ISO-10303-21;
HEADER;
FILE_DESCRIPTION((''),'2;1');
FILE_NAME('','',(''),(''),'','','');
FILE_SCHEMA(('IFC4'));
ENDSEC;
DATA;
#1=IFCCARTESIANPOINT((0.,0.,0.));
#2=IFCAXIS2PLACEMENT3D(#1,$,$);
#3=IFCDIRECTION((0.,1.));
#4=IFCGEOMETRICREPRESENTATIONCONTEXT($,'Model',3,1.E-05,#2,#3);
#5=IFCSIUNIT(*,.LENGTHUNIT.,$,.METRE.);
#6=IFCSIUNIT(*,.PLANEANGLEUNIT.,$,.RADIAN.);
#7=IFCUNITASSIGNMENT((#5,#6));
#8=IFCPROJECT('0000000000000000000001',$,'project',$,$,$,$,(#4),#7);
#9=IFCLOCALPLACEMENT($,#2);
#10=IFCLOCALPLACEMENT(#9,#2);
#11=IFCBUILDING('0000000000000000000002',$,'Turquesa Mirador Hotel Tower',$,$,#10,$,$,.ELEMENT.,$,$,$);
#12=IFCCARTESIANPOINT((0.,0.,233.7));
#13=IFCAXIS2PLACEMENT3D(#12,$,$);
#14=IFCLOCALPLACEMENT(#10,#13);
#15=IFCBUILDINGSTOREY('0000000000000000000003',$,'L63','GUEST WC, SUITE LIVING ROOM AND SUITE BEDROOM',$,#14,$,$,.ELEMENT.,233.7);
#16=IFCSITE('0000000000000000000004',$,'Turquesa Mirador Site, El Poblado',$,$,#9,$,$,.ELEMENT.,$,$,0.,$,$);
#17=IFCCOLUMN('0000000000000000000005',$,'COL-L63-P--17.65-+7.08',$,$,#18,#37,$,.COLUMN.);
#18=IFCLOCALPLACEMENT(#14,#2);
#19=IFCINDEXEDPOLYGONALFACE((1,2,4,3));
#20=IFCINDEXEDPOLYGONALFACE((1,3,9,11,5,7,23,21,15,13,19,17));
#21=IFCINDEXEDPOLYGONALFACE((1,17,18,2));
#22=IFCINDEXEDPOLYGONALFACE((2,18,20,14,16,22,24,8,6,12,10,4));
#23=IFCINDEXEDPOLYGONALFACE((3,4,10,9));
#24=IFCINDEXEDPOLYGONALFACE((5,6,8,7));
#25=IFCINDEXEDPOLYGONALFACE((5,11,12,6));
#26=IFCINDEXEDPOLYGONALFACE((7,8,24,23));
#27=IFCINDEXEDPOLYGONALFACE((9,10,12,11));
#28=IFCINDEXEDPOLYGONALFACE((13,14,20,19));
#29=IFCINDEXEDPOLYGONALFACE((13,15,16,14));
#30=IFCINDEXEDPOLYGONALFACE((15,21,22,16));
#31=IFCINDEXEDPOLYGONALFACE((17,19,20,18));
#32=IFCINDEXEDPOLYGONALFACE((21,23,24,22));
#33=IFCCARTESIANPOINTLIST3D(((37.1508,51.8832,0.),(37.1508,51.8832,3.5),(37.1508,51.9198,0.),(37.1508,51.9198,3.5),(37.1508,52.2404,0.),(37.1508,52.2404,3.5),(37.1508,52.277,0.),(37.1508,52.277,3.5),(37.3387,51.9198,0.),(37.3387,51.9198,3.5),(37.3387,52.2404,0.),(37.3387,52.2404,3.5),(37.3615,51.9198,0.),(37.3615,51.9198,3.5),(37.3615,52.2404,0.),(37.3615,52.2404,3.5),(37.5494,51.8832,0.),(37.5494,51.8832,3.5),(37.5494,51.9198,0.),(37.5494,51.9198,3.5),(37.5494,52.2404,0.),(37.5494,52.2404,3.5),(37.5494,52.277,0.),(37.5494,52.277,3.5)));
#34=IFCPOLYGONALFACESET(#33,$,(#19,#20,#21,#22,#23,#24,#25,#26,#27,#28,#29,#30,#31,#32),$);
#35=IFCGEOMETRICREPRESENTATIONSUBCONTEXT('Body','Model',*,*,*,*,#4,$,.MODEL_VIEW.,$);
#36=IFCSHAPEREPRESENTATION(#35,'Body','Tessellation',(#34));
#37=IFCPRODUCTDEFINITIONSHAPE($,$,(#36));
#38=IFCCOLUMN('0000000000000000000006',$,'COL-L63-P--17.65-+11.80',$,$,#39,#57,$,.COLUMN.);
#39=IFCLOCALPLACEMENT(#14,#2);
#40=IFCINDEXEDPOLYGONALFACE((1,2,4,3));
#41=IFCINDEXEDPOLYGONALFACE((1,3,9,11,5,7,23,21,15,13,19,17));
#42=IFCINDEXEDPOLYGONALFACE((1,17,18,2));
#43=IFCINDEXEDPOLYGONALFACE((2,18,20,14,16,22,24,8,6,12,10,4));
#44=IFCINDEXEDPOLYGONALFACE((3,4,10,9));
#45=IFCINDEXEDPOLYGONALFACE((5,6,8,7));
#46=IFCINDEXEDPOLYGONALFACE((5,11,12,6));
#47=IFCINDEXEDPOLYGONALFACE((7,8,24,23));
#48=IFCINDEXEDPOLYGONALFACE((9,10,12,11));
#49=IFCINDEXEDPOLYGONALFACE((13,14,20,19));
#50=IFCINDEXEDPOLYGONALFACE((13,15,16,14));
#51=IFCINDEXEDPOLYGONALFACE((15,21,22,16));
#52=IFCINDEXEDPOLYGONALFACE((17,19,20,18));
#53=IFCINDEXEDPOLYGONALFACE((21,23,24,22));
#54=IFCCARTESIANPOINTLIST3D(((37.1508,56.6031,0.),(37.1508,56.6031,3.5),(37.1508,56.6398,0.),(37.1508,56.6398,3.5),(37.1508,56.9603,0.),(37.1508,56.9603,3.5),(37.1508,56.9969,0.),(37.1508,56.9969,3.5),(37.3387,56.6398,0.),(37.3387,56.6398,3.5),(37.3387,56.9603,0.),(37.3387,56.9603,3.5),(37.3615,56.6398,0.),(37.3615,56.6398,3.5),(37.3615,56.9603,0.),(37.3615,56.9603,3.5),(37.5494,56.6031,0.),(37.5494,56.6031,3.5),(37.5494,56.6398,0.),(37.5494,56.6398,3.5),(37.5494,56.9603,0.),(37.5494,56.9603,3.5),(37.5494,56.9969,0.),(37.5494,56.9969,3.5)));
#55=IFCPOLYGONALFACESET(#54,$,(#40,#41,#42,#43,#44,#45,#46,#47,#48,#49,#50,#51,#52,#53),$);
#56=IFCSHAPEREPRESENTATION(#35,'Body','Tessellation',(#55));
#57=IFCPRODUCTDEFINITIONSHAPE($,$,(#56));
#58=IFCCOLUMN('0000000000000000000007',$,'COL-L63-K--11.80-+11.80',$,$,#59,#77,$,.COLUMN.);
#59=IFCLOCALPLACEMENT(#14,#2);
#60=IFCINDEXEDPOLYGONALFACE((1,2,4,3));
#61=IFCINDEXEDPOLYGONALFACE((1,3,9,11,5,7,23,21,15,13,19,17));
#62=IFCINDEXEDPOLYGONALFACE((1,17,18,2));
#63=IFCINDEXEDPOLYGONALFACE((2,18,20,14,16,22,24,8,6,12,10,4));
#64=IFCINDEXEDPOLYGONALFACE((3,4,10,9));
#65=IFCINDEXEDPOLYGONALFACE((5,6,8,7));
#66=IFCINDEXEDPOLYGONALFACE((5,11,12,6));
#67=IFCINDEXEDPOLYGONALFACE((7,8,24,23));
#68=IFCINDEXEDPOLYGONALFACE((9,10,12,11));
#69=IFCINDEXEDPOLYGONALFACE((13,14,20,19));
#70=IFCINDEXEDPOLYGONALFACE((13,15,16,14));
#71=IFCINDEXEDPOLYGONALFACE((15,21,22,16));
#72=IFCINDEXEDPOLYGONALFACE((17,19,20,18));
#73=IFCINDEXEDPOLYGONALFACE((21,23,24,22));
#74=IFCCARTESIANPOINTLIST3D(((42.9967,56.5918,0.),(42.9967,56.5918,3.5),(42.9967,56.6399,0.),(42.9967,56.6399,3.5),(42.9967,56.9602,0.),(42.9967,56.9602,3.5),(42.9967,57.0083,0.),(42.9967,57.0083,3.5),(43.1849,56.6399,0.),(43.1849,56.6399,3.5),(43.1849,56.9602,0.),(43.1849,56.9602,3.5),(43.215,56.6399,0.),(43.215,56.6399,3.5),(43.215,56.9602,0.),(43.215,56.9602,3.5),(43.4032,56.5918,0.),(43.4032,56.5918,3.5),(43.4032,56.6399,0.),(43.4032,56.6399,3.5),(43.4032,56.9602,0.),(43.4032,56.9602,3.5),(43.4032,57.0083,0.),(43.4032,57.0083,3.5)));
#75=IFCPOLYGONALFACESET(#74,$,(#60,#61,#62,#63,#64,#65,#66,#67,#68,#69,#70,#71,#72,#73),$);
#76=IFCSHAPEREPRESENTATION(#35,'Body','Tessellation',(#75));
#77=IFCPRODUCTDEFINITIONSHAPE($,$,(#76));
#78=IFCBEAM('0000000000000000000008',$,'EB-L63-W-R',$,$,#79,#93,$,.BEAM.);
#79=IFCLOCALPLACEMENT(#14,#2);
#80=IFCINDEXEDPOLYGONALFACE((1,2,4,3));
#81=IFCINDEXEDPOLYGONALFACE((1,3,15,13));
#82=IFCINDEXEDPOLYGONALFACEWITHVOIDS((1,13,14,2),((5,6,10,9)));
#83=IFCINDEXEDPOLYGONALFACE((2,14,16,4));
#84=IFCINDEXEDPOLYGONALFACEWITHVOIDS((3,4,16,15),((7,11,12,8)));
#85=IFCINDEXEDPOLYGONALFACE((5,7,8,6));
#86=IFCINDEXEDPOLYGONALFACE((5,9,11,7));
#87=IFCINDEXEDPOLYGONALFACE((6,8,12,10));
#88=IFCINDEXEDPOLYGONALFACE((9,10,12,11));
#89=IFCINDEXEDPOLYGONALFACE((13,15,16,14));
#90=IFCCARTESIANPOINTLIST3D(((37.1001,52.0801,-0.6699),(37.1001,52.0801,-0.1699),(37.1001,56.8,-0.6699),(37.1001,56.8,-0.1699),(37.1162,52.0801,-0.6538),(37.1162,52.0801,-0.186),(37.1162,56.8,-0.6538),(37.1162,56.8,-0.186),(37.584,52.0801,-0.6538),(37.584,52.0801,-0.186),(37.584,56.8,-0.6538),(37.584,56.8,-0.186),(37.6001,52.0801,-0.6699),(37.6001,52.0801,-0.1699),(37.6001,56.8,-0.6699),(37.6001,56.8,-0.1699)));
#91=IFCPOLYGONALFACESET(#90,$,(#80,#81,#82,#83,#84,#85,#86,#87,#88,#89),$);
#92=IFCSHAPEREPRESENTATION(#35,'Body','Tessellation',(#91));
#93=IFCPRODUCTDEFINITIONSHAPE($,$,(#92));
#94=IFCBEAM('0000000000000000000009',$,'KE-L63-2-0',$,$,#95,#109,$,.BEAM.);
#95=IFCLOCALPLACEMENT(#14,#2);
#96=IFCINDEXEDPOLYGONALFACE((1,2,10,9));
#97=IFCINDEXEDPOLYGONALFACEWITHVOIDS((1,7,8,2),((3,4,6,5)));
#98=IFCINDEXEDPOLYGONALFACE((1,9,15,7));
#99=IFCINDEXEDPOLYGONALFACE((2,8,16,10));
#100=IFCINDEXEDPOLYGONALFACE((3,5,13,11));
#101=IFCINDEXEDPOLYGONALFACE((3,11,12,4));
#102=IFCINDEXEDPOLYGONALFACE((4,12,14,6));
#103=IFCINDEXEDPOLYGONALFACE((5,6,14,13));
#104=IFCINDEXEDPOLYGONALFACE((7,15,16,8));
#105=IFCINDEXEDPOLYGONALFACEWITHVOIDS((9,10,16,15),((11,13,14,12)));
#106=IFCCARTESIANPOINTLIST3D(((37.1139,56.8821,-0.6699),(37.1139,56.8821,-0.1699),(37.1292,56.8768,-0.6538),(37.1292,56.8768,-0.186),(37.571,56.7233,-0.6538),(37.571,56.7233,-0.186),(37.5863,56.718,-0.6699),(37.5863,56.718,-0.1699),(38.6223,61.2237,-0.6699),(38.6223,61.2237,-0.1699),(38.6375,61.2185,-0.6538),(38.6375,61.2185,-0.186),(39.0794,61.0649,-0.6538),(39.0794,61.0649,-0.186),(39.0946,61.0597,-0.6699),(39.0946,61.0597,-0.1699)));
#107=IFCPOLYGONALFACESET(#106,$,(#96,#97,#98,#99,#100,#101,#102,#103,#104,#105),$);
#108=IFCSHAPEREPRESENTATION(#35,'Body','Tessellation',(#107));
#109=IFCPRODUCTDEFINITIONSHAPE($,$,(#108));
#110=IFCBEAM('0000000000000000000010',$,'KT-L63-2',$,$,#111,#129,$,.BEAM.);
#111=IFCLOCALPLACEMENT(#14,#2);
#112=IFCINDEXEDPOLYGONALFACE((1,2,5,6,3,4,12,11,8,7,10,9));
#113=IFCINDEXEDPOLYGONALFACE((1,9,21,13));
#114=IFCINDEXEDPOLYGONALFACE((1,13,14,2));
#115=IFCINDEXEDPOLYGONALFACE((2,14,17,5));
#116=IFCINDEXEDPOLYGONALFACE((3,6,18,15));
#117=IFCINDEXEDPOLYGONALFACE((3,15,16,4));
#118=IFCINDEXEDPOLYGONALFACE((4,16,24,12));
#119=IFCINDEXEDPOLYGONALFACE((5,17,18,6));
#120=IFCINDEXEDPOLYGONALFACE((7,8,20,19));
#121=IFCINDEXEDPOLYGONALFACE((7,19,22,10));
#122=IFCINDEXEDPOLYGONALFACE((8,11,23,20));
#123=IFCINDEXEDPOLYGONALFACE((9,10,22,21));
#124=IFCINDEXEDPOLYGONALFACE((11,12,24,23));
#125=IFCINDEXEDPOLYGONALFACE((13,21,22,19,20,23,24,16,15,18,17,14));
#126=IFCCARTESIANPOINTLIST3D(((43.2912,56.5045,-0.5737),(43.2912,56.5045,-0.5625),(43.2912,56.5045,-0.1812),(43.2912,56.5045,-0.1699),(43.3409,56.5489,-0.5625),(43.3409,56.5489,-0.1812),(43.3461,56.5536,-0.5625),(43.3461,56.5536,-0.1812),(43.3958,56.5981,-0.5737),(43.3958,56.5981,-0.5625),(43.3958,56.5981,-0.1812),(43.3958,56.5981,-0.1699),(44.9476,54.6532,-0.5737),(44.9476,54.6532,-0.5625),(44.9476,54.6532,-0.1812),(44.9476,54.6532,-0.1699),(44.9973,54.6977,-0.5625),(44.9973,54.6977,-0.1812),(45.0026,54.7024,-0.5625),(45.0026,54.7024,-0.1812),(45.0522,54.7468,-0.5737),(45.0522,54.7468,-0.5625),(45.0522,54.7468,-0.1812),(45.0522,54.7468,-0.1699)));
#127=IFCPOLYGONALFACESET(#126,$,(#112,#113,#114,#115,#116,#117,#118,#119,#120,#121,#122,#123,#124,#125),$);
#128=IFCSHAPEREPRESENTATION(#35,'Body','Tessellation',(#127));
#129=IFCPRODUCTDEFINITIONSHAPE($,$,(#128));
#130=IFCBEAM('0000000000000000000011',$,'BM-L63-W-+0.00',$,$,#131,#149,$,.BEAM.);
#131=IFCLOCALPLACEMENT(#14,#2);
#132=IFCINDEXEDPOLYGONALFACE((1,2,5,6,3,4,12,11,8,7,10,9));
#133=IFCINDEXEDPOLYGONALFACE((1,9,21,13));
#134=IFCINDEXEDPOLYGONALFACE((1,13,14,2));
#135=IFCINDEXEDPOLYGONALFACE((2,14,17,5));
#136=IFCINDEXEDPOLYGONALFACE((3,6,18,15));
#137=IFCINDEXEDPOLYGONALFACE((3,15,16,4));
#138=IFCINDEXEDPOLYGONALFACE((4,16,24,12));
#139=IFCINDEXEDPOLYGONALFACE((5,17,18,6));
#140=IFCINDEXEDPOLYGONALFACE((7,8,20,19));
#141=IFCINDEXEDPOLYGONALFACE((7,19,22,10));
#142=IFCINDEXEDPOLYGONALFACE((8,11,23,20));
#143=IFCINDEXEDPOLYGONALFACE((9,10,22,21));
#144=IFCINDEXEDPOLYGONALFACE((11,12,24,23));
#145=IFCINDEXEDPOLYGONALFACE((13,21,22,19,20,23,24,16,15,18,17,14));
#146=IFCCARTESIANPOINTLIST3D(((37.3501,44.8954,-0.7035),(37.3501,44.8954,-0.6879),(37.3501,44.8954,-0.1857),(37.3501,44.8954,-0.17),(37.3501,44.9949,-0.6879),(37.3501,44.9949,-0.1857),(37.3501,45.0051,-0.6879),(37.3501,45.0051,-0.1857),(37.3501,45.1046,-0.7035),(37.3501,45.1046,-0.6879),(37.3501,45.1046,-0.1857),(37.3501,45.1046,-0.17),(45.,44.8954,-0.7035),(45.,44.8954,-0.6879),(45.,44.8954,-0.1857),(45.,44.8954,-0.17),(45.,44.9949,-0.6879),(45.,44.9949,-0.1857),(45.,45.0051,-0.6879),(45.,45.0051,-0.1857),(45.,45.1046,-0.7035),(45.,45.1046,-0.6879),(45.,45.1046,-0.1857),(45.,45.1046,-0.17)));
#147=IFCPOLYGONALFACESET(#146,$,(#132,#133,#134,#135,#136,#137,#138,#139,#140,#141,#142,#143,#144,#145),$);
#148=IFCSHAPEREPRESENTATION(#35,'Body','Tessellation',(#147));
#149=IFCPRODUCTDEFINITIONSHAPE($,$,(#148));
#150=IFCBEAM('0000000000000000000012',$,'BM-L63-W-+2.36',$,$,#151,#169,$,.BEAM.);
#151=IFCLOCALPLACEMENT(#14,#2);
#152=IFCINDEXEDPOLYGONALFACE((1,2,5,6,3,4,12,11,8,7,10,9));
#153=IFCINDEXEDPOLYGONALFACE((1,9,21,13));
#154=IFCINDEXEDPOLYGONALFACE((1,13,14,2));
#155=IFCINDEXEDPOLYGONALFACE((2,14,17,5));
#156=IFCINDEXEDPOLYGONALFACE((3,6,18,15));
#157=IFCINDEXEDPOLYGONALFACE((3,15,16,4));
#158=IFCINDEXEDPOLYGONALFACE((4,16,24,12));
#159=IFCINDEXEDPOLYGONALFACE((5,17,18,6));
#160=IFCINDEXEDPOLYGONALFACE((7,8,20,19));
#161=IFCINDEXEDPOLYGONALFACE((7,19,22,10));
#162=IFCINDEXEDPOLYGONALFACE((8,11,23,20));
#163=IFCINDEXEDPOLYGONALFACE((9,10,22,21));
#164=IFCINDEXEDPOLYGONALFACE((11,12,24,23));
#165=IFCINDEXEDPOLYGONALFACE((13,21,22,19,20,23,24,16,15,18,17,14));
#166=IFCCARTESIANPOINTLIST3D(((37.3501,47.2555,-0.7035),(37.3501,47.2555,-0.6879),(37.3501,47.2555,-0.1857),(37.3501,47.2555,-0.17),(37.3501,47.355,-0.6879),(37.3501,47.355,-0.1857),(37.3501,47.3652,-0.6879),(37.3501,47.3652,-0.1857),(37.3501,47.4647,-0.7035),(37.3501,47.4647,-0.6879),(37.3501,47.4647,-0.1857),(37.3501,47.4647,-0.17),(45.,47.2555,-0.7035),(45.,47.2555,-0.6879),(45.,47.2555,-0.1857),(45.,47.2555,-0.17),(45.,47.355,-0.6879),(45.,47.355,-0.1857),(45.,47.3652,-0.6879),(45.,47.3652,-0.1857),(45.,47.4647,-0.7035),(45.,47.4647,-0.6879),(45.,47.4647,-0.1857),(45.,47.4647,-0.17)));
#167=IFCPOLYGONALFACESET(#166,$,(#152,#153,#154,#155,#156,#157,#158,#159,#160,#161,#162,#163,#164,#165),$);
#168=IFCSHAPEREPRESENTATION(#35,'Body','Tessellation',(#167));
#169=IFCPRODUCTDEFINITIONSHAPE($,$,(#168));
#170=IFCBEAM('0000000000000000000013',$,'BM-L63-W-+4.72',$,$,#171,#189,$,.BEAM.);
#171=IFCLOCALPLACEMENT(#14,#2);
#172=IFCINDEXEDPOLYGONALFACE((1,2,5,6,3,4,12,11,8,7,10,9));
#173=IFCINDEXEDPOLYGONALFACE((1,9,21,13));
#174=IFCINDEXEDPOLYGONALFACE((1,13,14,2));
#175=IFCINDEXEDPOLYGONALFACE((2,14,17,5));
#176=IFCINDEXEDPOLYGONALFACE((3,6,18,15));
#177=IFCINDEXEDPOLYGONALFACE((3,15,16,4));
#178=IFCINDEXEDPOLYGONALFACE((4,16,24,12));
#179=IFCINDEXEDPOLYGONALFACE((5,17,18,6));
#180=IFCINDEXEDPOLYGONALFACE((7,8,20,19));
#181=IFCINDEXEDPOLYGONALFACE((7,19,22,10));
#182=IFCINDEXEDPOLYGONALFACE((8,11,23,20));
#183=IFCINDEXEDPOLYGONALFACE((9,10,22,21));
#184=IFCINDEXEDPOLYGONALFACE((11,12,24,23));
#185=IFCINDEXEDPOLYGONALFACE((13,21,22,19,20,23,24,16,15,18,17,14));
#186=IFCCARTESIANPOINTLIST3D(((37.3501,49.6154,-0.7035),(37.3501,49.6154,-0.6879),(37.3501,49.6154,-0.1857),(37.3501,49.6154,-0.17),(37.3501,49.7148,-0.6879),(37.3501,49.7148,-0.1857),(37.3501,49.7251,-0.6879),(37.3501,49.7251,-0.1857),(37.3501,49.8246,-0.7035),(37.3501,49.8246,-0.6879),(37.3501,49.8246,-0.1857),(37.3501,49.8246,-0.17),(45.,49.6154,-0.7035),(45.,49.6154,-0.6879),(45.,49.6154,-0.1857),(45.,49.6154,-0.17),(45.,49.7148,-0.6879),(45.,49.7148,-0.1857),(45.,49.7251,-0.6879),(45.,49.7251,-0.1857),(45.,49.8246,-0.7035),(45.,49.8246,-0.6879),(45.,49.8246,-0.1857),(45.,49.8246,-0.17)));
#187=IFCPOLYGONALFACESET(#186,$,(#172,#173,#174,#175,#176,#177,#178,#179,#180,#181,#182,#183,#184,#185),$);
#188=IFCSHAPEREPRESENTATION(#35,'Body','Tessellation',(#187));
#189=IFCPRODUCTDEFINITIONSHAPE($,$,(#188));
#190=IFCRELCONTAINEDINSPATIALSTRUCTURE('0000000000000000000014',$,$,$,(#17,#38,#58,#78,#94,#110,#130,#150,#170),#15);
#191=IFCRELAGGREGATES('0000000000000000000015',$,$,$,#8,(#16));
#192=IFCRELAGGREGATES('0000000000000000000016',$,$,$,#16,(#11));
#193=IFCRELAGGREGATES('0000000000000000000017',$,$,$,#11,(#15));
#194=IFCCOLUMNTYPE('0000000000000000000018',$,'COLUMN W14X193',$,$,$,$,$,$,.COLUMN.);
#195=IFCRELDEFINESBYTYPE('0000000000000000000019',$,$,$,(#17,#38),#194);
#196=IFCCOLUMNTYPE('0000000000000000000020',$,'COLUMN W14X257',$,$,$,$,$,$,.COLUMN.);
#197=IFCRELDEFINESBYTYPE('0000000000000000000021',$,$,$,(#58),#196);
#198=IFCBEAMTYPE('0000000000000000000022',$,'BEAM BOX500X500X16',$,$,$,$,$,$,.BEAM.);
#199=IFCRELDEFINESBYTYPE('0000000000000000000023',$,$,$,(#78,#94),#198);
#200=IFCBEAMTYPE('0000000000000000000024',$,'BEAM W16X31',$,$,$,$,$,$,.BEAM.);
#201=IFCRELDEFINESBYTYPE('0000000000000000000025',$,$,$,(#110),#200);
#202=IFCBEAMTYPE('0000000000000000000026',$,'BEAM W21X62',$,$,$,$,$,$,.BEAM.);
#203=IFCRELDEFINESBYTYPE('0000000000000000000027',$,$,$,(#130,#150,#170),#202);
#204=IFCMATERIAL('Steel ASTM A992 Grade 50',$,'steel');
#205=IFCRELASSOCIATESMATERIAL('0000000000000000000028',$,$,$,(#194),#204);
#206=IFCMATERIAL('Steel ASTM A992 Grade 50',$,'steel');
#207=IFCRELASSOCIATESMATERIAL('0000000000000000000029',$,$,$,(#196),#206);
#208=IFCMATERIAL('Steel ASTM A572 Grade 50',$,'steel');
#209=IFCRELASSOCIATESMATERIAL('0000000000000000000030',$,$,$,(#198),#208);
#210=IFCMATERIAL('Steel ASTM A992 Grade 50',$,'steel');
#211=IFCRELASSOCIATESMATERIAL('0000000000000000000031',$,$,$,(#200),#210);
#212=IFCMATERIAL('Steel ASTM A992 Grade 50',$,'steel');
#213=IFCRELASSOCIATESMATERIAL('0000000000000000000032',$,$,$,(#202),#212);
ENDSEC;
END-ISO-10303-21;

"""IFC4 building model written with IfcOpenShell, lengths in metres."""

from ifc_helpers import new_model, si_unit, direction, frame, origin, origin_2d, place, context, subcontext, project, spatial, hollow_rectangle, i_section, extrude, material, material_profile, profile_set, type_object, element, save


model = new_model("IFC4")

# Units and contexts
model_context = context("Model", 3, precision=1e-05, world=origin(), true_north=direction((0.0, 1.0)))
body_context = subcontext(model_context, "Body", "Model", "MODEL_VIEW")
ifc_project = project(units=[si_unit("LENGTHUNIT", "METRE"), si_unit("PLANEANGLEUNIT", "RADIAN")], contexts=[model_context])

# Site, building, storey
site_placement = place(None, origin())
site = spatial("IfcSite", under=ifc_project, at=site_placement, Name="Turquesa Mirador Site, El Poblado", CompositionType="ELEMENT", RefElevation=0.0)
building_placement = place(site_placement, origin())
building = spatial("IfcBuilding", under=site, at=building_placement, Name="Turquesa Mirador Hotel Tower", CompositionType="ELEMENT")
storey_placement = place(building_placement, frame((0.0, 0.0, 233.7)))
storey = spatial("IfcBuildingStorey", under=building, at=storey_placement, Name="L63", Description="GUEST WC, SUITE LIVING ROOM AND SUITE BEDROOM", CompositionType="ELEMENT", Elevation=233.7)

# Columns
ifc_material_1 = material(Name="Steel ASTM A992 Grade 50", Category="steel")
ifc_material_profile_1 = material_profile(ifc_material_1, i_section(OverallWidth=0.3987, OverallDepth=0.3938, WebThickness=0.0227, FlangeThickness=0.0366, at=origin_2d()), Name="W14X193")
ifc_profile_set_1 = profile_set([ifc_material_profile_1], Name="Steel ASTM A992 Grade 50")
column_type_1 = type_object("IfcColumnType", Name="COLUMN W14X193", PredefinedType="COLUMN", material=ifc_profile_set_1)
for number, where, z_axis, x_axis, name in (
    (1, (37.3501, 52.0801, 0.0), (0.0, 0.0, 1.0), (1.0, 0.0, 0.0), "COL-L63-P--17.65-+7.08"),
    (2, (37.3501, 56.8, 0.0), (0.0, 0.0, 1.0), (1.0, 0.0, 0.0), "COL-L63-P--17.65-+11.80"),
):
    element("IfcColumn", number, at=place(storey_placement, frame(where, z_axis=z_axis, x_axis=x_axis)), inside=storey, type_object=column_type_1, Name=name, PredefinedType="COLUMN", context=body_context, shape_type="SweptSolid", body=[
        extrude(i_section(OverallWidth=0.3987, OverallDepth=0.3938, WebThickness=0.0227, FlangeThickness=0.0366, at=origin_2d()), origin(), (0.0, 0.0, 1.0), 3.5),
    ])
ifc_material_2 = material(Name="Steel ASTM A992 Grade 50", Category="steel")
ifc_material_profile_2 = material_profile(ifc_material_2, i_section(OverallWidth=0.4065, OverallDepth=0.4165, WebThickness=0.03, FlangeThickness=0.0481, at=origin_2d()), Name="W14X257")
ifc_profile_set_2 = profile_set([ifc_material_profile_2], Name="Steel ASTM A992 Grade 50")
column_type_2 = type_object("IfcColumnType", Name="COLUMN W14X257", PredefinedType="COLUMN", material=ifc_profile_set_2)
column_placement = place(storey_placement, frame((43.2, 56.8, 0.0), z_axis=(0.0, 0.0, 1.0), x_axis=(1.0, 0.0, 0.0)))
element("IfcColumn", 3, at=column_placement, inside=storey, type_object=column_type_2, Name="COL-L63-K--11.80-+11.80", PredefinedType="COLUMN", context=body_context, shape_type="SweptSolid", body=[
    extrude(i_section(OverallWidth=0.4065, OverallDepth=0.4165, WebThickness=0.03, FlangeThickness=0.0481, at=origin_2d()), origin(), (0.0, 0.0, 1.0), 3.5),
])

# Beams
ifc_material_3 = material(Name="Steel ASTM A572 Grade 50", Category="steel")
ifc_material_profile_3 = material_profile(ifc_material_3, hollow_rectangle(XDim=0.5, YDim=0.5, WallThickness=0.0161, at=origin_2d()), Name="BOX500X500X16")
ifc_profile_set_3 = profile_set([ifc_material_profile_3], Name="Steel ASTM A572 Grade 50")
beam_type_1 = type_object("IfcBeamType", Name="BEAM BOX500X500X16", PredefinedType="BEAM", material=ifc_profile_set_3)
beam_1_placement = place(storey_placement, frame((37.3501, 52.0801, -0.4199), z_axis=(0.0, 1.0, 0.0), x_axis=(-1.0, 0.0, 0.0)))
element("IfcBeam", 4, at=beam_1_placement, inside=storey, type_object=beam_type_1, Name="EB-L63-W-R", PredefinedType="BEAM", context=body_context, shape_type="SweptSolid", body=[
    extrude(hollow_rectangle(XDim=0.5, YDim=0.5, WallThickness=0.0161, at=origin_2d()), origin(), (0.0, 0.0, 1.0), 4.72),
])
beam_2_placement = place(storey_placement, frame((37.3501, 56.8, -0.4199), z_axis=(0.32817, 0.944619, 0.0), x_axis=(-0.944619, 0.32817, 0.0)))
element("IfcBeam", 5, at=beam_2_placement, inside=storey, type_object=beam_type_1, Name="KE-L63-2-0", PredefinedType="BEAM", context=body_context, shape_type="SweptSolid", body=[
    extrude(hollow_rectangle(XDim=0.5, YDim=0.5, WallThickness=0.0161, at=origin_2d()), origin(), (0.0, 0.0, 1.0), 4.5962),
])
ifc_material_4 = material(Name="Steel ASTM A992 Grade 50", Category="steel")
ifc_material_profile_4 = material_profile(ifc_material_4, i_section(OverallWidth=0.1404, OverallDepth=0.4038, WebThickness=0.0071, FlangeThickness=0.0112, at=origin_2d()), Name="W16X31")
ifc_profile_set_4 = profile_set([ifc_material_profile_4], Name="Steel ASTM A992 Grade 50")
beam_type_2 = type_object("IfcBeamType", Name="BEAM W16X31", PredefinedType="BEAM", material=ifc_profile_set_4)
beam_3_placement = place(storey_placement, frame((43.3435, 56.5513, -0.3718), z_axis=(0.666806, -0.745231, 0.0), x_axis=(0.745231, 0.666806, 0.0)))
element("IfcBeam", 6, at=beam_3_placement, inside=storey, type_object=beam_type_2, Name="KT-L63-2", PredefinedType="BEAM", context=body_context, shape_type="SweptSolid", body=[
    extrude(i_section(OverallWidth=0.1404, OverallDepth=0.4038, WebThickness=0.0071, FlangeThickness=0.0112, at=origin_2d()), origin(), (0.0, 0.0, 1.0), 2.4841),
])
ifc_material_5 = material(Name="Steel ASTM A992 Grade 50", Category="steel")
ifc_material_profile_5 = material_profile(ifc_material_5, i_section(OverallWidth=0.2092, OverallDepth=0.5334, WebThickness=0.0103, FlangeThickness=0.0156, at=origin_2d()), Name="W21X62")
ifc_profile_set_5 = profile_set([ifc_material_profile_5], Name="Steel ASTM A992 Grade 50")
beam_type_3 = type_object("IfcBeamType", Name="BEAM W21X62", PredefinedType="BEAM", material=ifc_profile_set_5)
for number, where, z_axis, x_axis, name in (
    (7, (37.3501, 45.0, -0.4368), (1.0, 0.0, 0.0), (0.0, 1.0, 0.0), "BM-L63-W-+0.00"),
    (8, (37.3501, 47.3601, -0.4368), (1.0, 0.0, 0.0), (0.0, 1.0, 0.0), "BM-L63-W-+2.36"),
    (9, (37.3501, 49.72, -0.4368), (1.0, 0.0, 0.0), (0.0, 1.0, 0.0), "BM-L63-W-+4.72"),
):
    element("IfcBeam", number, at=place(storey_placement, frame(where, z_axis=z_axis, x_axis=x_axis)), inside=storey, type_object=beam_type_3, Name=name, PredefinedType="BEAM", context=body_context, shape_type="SweptSolid", body=[
        extrude(i_section(OverallWidth=0.2092, OverallDepth=0.5334, WebThickness=0.0103, FlangeThickness=0.0156, at=origin_2d()), origin(), (0.0, 0.0, 1.0), 7.6499),
    ])

save(model, "model.ifc")
